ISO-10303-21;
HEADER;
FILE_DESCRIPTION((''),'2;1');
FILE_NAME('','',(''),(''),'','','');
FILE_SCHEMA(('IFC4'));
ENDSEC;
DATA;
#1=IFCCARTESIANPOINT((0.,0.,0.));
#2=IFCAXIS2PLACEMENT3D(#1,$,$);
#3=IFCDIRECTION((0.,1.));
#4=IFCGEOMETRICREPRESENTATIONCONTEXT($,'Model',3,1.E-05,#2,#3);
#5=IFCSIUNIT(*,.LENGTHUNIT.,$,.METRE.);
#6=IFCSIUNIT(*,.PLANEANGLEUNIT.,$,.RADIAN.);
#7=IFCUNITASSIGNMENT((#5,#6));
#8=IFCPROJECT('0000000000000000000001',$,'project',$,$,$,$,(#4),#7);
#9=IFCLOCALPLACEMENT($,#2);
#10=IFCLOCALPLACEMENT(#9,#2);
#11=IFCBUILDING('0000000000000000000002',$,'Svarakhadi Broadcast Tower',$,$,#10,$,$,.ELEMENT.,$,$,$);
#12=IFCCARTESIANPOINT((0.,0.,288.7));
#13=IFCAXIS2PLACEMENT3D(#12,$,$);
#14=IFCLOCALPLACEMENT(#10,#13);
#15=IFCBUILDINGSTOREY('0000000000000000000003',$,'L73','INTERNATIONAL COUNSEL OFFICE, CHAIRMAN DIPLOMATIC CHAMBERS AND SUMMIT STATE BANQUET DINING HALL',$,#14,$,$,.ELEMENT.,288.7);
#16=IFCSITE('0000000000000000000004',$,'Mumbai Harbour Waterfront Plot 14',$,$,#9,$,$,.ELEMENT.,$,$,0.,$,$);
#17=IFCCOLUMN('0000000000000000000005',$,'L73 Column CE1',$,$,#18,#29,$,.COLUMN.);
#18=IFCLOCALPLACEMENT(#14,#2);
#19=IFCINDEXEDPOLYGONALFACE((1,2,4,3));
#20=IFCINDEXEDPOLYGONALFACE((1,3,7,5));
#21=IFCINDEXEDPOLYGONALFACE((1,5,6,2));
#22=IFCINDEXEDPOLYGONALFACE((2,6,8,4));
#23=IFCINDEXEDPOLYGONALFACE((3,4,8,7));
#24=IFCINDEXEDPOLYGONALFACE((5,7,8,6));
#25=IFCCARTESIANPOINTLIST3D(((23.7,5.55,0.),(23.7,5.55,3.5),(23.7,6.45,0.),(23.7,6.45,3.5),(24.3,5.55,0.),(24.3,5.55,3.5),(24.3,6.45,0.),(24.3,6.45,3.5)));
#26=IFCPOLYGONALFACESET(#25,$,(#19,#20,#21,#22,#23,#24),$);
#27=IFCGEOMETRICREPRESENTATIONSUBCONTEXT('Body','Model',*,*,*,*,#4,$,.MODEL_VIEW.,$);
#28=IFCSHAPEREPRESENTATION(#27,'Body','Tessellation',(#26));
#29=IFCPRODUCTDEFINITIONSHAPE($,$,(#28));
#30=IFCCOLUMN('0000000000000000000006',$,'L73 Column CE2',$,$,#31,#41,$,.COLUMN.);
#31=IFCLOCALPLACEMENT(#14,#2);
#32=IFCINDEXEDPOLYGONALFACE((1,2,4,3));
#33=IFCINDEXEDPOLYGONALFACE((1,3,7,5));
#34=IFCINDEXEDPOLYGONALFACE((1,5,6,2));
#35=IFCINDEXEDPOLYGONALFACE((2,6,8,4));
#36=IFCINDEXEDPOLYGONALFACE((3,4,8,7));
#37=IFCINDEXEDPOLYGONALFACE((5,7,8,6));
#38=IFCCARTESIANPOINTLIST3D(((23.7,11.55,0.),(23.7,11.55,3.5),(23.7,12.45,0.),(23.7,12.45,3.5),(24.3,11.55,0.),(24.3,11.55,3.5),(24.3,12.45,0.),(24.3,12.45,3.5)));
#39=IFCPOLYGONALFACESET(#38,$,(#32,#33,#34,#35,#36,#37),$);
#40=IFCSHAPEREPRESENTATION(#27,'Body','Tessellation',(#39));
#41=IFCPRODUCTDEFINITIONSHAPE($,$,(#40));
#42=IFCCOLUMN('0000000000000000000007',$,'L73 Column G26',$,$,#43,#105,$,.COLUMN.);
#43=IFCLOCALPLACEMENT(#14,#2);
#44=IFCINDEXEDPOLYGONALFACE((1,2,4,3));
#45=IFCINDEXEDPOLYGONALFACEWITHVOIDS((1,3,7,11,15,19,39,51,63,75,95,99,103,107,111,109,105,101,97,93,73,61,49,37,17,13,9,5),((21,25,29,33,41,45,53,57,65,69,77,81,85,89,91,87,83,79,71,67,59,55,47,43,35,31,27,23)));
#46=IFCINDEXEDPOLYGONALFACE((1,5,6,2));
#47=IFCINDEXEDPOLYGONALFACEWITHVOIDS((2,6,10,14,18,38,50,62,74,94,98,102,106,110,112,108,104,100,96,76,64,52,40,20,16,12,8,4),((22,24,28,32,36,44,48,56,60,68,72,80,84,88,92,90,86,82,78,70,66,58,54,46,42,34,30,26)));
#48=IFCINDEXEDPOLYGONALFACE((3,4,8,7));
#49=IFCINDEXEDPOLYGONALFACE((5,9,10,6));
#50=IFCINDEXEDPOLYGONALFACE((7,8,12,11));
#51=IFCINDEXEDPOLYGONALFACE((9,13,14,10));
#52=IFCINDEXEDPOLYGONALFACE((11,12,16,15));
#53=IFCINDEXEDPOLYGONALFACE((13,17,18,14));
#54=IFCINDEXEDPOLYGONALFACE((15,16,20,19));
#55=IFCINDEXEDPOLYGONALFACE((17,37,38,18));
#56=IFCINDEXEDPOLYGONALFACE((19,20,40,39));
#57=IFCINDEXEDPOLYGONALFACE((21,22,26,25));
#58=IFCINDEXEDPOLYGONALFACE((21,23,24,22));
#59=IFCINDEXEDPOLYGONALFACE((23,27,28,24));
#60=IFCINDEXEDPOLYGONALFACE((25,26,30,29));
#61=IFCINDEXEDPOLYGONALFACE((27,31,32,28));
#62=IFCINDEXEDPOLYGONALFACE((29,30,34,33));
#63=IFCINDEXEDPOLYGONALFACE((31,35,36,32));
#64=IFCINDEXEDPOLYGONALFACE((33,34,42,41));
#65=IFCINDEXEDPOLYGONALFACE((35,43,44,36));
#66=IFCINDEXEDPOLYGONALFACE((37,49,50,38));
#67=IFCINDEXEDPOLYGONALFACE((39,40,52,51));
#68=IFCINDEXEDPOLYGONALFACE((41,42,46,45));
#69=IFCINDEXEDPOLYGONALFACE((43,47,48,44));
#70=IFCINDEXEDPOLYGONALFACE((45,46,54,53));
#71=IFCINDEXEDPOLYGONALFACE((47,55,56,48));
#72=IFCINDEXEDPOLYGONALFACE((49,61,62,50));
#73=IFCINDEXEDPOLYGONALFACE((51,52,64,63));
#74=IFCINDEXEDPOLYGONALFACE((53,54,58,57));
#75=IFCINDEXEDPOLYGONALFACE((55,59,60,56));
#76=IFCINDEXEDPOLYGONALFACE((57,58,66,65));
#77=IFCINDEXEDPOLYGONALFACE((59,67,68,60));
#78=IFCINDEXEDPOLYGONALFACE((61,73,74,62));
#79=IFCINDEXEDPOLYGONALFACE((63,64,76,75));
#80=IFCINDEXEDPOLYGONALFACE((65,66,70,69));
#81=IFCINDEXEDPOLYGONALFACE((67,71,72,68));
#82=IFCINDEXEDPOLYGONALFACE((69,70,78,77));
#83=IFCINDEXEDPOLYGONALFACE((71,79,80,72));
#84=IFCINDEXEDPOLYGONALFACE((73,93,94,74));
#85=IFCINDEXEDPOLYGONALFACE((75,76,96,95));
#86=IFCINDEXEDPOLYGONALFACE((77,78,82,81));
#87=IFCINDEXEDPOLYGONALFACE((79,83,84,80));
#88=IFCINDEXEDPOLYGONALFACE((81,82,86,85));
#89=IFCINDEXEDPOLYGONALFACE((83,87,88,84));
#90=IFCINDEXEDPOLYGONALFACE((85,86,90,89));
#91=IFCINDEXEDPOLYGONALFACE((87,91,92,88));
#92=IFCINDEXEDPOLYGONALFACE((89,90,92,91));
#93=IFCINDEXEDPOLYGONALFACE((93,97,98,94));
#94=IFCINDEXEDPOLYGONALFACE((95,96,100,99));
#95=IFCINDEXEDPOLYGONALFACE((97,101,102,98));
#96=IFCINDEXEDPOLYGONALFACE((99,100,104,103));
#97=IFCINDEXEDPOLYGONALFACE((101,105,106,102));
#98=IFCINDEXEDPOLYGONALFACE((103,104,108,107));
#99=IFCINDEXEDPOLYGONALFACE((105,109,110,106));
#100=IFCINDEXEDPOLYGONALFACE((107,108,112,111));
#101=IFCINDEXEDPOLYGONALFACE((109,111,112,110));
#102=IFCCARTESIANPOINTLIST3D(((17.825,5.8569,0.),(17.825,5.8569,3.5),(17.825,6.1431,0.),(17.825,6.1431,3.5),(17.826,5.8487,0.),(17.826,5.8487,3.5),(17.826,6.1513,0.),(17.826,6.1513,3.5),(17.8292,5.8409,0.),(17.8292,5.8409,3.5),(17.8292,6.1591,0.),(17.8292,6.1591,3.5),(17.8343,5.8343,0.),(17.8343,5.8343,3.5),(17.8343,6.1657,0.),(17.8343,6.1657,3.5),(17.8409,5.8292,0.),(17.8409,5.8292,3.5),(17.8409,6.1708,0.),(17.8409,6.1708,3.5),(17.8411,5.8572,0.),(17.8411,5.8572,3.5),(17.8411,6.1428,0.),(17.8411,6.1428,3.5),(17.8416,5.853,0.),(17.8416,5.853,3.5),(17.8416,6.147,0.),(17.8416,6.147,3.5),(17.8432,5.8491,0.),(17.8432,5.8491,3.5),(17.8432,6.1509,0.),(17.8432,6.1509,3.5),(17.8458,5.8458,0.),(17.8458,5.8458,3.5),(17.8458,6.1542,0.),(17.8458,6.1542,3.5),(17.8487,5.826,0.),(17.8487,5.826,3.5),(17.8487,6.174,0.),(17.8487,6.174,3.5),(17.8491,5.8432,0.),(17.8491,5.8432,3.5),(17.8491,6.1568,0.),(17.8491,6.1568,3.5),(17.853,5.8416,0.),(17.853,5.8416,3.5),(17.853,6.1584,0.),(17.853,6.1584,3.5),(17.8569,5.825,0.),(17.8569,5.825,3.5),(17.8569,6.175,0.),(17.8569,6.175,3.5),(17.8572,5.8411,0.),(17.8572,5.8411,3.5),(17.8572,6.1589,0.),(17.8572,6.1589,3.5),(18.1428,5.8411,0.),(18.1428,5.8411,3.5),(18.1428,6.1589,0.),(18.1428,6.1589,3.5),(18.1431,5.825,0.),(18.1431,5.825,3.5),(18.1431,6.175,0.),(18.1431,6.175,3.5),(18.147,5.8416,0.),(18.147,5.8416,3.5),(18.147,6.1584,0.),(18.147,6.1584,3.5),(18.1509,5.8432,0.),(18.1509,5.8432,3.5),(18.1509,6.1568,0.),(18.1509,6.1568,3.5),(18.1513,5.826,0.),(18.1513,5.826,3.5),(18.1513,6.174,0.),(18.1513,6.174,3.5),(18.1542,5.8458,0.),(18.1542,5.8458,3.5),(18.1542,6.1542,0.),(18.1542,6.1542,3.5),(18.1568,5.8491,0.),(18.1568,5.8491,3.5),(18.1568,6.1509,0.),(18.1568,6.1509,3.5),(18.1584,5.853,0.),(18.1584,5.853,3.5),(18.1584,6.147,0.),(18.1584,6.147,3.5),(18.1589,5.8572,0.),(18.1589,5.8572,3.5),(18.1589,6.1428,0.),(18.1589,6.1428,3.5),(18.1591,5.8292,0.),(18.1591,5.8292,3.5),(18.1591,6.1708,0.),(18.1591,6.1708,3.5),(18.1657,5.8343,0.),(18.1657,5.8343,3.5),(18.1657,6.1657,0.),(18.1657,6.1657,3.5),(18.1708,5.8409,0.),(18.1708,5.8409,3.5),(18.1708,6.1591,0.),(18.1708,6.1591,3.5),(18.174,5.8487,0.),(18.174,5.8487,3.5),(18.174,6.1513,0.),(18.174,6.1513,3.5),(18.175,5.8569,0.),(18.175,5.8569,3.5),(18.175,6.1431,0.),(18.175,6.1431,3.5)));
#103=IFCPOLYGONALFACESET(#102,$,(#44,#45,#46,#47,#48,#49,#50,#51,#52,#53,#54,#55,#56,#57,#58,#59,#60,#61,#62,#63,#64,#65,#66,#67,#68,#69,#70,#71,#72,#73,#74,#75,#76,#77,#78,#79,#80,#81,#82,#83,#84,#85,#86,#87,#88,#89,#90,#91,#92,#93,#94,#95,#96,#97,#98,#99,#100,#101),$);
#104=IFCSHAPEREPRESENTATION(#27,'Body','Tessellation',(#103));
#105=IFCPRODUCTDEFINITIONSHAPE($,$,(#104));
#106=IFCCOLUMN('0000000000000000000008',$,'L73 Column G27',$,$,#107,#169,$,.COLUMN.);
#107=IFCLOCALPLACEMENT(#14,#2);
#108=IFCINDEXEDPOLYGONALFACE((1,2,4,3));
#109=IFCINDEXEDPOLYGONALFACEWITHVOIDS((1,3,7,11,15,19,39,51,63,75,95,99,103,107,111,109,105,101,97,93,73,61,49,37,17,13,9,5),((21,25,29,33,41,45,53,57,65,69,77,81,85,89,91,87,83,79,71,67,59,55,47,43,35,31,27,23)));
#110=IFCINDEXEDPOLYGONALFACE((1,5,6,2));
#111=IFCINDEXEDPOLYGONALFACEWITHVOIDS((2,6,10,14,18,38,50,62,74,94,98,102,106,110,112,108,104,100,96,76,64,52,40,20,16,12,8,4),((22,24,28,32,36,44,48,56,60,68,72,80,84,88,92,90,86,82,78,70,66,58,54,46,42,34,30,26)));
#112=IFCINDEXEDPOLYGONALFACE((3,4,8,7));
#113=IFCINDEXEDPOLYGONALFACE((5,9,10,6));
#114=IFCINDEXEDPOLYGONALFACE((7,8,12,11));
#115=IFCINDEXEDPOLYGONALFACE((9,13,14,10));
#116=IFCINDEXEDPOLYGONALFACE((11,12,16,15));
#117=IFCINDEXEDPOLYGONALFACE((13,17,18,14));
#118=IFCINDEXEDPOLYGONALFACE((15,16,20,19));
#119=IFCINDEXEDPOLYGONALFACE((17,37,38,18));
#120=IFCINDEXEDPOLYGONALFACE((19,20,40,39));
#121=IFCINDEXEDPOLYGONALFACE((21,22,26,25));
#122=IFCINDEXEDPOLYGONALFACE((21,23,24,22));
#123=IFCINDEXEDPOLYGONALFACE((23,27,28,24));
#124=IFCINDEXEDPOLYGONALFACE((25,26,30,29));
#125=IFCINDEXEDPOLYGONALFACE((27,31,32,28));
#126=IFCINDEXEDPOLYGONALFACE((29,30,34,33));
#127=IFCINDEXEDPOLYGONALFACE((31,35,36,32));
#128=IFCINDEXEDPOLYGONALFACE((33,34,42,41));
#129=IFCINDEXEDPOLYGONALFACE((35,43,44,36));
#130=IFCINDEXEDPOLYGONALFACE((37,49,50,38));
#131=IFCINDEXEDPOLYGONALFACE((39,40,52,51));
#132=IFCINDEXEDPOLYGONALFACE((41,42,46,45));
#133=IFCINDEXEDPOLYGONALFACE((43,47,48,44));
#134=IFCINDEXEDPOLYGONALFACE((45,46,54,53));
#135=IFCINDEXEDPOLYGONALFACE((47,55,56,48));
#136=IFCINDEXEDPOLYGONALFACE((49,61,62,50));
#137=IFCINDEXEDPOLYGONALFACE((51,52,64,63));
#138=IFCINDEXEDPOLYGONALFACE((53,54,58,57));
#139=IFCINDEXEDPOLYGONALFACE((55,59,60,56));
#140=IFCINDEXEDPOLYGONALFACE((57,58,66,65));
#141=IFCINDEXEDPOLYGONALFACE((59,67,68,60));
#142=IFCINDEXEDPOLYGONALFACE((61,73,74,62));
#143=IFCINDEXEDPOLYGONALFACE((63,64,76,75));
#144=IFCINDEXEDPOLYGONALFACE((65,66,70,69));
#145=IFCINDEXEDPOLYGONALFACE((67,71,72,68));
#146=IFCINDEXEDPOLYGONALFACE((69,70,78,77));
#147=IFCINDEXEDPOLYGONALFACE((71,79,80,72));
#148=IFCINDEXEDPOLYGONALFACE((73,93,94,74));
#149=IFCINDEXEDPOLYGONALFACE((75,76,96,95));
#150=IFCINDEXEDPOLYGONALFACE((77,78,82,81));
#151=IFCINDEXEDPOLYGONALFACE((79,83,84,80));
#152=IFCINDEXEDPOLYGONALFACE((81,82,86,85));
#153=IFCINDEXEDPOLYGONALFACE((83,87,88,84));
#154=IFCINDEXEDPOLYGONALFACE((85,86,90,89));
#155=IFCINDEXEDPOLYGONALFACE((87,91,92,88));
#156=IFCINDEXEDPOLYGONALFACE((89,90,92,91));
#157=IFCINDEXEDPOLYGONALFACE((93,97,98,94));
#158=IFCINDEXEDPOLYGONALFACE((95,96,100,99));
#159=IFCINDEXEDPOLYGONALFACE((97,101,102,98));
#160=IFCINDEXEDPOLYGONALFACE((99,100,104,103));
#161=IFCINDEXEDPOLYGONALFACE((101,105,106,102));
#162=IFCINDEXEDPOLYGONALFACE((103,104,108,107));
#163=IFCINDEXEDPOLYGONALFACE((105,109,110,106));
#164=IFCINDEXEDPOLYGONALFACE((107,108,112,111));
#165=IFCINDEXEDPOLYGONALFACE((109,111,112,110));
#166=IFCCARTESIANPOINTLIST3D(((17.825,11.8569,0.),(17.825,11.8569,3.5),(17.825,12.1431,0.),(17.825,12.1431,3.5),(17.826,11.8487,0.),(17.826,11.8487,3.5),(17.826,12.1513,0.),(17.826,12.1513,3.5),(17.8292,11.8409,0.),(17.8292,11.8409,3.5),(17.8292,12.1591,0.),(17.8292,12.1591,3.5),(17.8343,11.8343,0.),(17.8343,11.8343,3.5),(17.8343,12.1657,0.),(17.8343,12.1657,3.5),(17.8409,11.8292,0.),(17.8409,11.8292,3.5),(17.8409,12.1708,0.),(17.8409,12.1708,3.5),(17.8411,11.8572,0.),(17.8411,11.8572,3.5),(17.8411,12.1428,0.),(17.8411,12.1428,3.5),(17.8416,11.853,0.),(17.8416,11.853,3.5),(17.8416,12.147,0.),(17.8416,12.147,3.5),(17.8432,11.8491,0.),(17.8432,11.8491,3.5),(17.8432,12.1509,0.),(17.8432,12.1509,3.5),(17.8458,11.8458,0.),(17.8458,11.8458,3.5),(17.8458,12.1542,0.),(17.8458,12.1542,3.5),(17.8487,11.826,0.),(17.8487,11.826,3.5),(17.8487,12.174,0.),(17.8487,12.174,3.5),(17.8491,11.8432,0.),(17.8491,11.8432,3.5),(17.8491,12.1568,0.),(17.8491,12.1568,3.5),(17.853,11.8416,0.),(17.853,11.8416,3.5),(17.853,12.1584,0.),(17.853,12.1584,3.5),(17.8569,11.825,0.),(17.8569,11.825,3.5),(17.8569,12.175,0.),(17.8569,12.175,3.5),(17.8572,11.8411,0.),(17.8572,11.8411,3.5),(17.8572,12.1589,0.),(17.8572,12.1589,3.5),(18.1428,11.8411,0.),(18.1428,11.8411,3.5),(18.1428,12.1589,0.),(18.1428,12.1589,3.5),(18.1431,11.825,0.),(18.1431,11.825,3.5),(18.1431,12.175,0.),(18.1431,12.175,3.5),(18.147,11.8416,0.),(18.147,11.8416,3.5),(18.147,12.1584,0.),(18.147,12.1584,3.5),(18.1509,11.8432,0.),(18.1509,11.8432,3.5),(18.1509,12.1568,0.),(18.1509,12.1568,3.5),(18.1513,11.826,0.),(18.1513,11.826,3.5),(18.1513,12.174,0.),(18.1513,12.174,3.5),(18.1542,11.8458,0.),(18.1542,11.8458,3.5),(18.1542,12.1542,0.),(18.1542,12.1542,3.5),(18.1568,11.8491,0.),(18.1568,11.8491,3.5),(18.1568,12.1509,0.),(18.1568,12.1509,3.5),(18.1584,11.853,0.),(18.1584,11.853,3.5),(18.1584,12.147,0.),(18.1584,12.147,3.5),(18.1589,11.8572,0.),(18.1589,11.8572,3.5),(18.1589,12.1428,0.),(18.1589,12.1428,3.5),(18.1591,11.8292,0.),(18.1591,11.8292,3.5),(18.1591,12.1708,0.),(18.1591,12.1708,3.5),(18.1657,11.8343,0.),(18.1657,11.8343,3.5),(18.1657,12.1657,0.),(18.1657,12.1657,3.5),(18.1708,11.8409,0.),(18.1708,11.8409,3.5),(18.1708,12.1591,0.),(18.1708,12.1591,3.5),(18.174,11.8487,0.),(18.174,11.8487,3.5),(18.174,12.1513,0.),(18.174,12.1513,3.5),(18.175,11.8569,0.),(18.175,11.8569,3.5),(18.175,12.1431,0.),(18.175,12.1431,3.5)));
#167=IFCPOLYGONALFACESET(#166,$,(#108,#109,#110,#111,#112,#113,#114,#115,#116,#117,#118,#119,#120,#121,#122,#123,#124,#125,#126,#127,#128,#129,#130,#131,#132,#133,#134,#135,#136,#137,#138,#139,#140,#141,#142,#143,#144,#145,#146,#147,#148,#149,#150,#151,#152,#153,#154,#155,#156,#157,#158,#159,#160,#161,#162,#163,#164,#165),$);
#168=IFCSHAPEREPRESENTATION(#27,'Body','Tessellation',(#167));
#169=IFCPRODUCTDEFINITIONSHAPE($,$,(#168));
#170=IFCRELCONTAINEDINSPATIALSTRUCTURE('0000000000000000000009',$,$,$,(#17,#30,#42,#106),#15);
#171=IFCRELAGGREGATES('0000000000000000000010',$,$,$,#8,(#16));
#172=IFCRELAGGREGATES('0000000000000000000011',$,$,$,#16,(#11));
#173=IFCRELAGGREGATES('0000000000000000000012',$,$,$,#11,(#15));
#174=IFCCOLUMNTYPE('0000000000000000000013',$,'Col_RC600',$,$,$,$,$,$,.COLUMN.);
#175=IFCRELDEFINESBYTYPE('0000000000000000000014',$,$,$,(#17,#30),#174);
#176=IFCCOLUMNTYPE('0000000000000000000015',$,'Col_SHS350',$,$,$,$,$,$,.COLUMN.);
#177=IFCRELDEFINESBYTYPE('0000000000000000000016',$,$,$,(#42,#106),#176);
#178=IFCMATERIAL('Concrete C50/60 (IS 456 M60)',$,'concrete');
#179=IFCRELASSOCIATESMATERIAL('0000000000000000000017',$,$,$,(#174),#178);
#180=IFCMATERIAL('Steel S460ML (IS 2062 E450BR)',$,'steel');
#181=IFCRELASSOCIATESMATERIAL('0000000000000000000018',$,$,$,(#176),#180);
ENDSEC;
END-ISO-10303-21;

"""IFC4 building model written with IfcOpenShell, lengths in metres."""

from ifc_helpers import new_model, si_unit, direction, frame, origin, origin_2d, place, context, subcontext, project, spatial, rectangle, hollow_rectangle, extrude, material, material_profile, profile_set, type_object, element, save


model = new_model("IFC4")

# Units and contexts
model_context = context("Model", 3, precision=1e-05, world=origin(), true_north=direction((0.0, 1.0)))
body_context = subcontext(model_context, "Body", "Model", "MODEL_VIEW")
ifc_project = project(units=[si_unit("LENGTHUNIT", "METRE"), si_unit("PLANEANGLEUNIT", "RADIAN")], contexts=[model_context])

# Site, building, storey
site_placement = place(None, origin())
site = spatial("IfcSite", under=ifc_project, at=site_placement, Name="Mumbai Harbour Waterfront Plot 14", CompositionType="ELEMENT", RefElevation=0.0)
building_placement = place(site_placement, origin())
building = spatial("IfcBuilding", under=site, at=building_placement, Name="Svarakhadi Broadcast Tower", CompositionType="ELEMENT")
storey_placement = place(building_placement, frame((0.0, 0.0, 288.7)))
storey = spatial("IfcBuildingStorey", under=building, at=storey_placement, Name="L73", Description="INTERNATIONAL COUNSEL OFFICE, CHAIRMAN DIPLOMATIC CHAMBERS AND SUMMIT STATE BANQUET DINING HALL", CompositionType="ELEMENT", Elevation=288.7)

# Columns
ifc_material_1 = material(Name="Concrete C50/60 (IS 456 M60)", Category="concrete")
ifc_material_profile_1 = material_profile(ifc_material_1, rectangle(XDim=0.6001, YDim=0.8999, at=origin_2d()), Name="RC 600x900")
ifc_profile_set_1 = profile_set([ifc_material_profile_1], Name="Concrete C50/60 (IS 456 M60)")
column_type_1 = type_object("IfcColumnType", Name="Col_RC600", PredefinedType="COLUMN", material=ifc_profile_set_1)
for number, where, z_axis, x_axis, name in (
    (1, (24.0, 6.0, 0.0), (0.0, 0.0, 1.0), (1.0, 0.0, 0.0), "L73 Column CE1"),
    (2, (24.0, 12.0, 0.0), (0.0, 0.0, 1.0), (1.0, 0.0, 0.0), "L73 Column CE2"),
):
    element("IfcColumn", number, at=place(storey_placement, frame(where, z_axis=z_axis, x_axis=x_axis)), inside=storey, type_object=column_type_1, Name=name, PredefinedType="COLUMN", context=body_context, shape_type="SweptSolid", body=[
        extrude(rectangle(XDim=0.6001, YDim=0.8999, at=origin_2d()), origin(), (0.0, 0.0, 1.0), 3.5),
    ])
ifc_material_2 = material(Name="Steel S460ML (IS 2062 E450BR)", Category="steel")
ifc_material_profile_2 = material_profile(ifc_material_2, hollow_rectangle(XDim=0.3501, YDim=0.3501, WallThickness=0.0161, InnerFilletRadius=0.0161, OuterFilletRadius=0.032, at=origin_2d()), Name="SHS 350x350x16")
ifc_profile_set_2 = profile_set([ifc_material_profile_2], Name="Steel S460ML (IS 2062 E450BR)")
column_type_2 = type_object("IfcColumnType", Name="Col_SHS350", PredefinedType="COLUMN", material=ifc_profile_set_2)
for number, where, z_axis, x_axis, name in (
    (3, (18.0, 6.0, 0.0), (0.0, 0.0, 1.0), (1.0, 0.0, 0.0), "L73 Column G26"),
    (4, (18.0, 12.0, 0.0), (0.0, 0.0, 1.0), (1.0, 0.0, 0.0), "L73 Column G27"),
):
    element("IfcColumn", number, at=place(storey_placement, frame(where, z_axis=z_axis, x_axis=x_axis)), inside=storey, type_object=column_type_2, Name=name, PredefinedType="COLUMN", context=body_context, shape_type="SweptSolid", body=[
        extrude(hollow_rectangle(XDim=0.3501, YDim=0.3501, WallThickness=0.0161, InnerFilletRadius=0.0161, OuterFilletRadius=0.032, at=origin_2d()), origin(), (0.0, 0.0, 1.0), 3.5),
    ])

save(model, "model.ifc")
